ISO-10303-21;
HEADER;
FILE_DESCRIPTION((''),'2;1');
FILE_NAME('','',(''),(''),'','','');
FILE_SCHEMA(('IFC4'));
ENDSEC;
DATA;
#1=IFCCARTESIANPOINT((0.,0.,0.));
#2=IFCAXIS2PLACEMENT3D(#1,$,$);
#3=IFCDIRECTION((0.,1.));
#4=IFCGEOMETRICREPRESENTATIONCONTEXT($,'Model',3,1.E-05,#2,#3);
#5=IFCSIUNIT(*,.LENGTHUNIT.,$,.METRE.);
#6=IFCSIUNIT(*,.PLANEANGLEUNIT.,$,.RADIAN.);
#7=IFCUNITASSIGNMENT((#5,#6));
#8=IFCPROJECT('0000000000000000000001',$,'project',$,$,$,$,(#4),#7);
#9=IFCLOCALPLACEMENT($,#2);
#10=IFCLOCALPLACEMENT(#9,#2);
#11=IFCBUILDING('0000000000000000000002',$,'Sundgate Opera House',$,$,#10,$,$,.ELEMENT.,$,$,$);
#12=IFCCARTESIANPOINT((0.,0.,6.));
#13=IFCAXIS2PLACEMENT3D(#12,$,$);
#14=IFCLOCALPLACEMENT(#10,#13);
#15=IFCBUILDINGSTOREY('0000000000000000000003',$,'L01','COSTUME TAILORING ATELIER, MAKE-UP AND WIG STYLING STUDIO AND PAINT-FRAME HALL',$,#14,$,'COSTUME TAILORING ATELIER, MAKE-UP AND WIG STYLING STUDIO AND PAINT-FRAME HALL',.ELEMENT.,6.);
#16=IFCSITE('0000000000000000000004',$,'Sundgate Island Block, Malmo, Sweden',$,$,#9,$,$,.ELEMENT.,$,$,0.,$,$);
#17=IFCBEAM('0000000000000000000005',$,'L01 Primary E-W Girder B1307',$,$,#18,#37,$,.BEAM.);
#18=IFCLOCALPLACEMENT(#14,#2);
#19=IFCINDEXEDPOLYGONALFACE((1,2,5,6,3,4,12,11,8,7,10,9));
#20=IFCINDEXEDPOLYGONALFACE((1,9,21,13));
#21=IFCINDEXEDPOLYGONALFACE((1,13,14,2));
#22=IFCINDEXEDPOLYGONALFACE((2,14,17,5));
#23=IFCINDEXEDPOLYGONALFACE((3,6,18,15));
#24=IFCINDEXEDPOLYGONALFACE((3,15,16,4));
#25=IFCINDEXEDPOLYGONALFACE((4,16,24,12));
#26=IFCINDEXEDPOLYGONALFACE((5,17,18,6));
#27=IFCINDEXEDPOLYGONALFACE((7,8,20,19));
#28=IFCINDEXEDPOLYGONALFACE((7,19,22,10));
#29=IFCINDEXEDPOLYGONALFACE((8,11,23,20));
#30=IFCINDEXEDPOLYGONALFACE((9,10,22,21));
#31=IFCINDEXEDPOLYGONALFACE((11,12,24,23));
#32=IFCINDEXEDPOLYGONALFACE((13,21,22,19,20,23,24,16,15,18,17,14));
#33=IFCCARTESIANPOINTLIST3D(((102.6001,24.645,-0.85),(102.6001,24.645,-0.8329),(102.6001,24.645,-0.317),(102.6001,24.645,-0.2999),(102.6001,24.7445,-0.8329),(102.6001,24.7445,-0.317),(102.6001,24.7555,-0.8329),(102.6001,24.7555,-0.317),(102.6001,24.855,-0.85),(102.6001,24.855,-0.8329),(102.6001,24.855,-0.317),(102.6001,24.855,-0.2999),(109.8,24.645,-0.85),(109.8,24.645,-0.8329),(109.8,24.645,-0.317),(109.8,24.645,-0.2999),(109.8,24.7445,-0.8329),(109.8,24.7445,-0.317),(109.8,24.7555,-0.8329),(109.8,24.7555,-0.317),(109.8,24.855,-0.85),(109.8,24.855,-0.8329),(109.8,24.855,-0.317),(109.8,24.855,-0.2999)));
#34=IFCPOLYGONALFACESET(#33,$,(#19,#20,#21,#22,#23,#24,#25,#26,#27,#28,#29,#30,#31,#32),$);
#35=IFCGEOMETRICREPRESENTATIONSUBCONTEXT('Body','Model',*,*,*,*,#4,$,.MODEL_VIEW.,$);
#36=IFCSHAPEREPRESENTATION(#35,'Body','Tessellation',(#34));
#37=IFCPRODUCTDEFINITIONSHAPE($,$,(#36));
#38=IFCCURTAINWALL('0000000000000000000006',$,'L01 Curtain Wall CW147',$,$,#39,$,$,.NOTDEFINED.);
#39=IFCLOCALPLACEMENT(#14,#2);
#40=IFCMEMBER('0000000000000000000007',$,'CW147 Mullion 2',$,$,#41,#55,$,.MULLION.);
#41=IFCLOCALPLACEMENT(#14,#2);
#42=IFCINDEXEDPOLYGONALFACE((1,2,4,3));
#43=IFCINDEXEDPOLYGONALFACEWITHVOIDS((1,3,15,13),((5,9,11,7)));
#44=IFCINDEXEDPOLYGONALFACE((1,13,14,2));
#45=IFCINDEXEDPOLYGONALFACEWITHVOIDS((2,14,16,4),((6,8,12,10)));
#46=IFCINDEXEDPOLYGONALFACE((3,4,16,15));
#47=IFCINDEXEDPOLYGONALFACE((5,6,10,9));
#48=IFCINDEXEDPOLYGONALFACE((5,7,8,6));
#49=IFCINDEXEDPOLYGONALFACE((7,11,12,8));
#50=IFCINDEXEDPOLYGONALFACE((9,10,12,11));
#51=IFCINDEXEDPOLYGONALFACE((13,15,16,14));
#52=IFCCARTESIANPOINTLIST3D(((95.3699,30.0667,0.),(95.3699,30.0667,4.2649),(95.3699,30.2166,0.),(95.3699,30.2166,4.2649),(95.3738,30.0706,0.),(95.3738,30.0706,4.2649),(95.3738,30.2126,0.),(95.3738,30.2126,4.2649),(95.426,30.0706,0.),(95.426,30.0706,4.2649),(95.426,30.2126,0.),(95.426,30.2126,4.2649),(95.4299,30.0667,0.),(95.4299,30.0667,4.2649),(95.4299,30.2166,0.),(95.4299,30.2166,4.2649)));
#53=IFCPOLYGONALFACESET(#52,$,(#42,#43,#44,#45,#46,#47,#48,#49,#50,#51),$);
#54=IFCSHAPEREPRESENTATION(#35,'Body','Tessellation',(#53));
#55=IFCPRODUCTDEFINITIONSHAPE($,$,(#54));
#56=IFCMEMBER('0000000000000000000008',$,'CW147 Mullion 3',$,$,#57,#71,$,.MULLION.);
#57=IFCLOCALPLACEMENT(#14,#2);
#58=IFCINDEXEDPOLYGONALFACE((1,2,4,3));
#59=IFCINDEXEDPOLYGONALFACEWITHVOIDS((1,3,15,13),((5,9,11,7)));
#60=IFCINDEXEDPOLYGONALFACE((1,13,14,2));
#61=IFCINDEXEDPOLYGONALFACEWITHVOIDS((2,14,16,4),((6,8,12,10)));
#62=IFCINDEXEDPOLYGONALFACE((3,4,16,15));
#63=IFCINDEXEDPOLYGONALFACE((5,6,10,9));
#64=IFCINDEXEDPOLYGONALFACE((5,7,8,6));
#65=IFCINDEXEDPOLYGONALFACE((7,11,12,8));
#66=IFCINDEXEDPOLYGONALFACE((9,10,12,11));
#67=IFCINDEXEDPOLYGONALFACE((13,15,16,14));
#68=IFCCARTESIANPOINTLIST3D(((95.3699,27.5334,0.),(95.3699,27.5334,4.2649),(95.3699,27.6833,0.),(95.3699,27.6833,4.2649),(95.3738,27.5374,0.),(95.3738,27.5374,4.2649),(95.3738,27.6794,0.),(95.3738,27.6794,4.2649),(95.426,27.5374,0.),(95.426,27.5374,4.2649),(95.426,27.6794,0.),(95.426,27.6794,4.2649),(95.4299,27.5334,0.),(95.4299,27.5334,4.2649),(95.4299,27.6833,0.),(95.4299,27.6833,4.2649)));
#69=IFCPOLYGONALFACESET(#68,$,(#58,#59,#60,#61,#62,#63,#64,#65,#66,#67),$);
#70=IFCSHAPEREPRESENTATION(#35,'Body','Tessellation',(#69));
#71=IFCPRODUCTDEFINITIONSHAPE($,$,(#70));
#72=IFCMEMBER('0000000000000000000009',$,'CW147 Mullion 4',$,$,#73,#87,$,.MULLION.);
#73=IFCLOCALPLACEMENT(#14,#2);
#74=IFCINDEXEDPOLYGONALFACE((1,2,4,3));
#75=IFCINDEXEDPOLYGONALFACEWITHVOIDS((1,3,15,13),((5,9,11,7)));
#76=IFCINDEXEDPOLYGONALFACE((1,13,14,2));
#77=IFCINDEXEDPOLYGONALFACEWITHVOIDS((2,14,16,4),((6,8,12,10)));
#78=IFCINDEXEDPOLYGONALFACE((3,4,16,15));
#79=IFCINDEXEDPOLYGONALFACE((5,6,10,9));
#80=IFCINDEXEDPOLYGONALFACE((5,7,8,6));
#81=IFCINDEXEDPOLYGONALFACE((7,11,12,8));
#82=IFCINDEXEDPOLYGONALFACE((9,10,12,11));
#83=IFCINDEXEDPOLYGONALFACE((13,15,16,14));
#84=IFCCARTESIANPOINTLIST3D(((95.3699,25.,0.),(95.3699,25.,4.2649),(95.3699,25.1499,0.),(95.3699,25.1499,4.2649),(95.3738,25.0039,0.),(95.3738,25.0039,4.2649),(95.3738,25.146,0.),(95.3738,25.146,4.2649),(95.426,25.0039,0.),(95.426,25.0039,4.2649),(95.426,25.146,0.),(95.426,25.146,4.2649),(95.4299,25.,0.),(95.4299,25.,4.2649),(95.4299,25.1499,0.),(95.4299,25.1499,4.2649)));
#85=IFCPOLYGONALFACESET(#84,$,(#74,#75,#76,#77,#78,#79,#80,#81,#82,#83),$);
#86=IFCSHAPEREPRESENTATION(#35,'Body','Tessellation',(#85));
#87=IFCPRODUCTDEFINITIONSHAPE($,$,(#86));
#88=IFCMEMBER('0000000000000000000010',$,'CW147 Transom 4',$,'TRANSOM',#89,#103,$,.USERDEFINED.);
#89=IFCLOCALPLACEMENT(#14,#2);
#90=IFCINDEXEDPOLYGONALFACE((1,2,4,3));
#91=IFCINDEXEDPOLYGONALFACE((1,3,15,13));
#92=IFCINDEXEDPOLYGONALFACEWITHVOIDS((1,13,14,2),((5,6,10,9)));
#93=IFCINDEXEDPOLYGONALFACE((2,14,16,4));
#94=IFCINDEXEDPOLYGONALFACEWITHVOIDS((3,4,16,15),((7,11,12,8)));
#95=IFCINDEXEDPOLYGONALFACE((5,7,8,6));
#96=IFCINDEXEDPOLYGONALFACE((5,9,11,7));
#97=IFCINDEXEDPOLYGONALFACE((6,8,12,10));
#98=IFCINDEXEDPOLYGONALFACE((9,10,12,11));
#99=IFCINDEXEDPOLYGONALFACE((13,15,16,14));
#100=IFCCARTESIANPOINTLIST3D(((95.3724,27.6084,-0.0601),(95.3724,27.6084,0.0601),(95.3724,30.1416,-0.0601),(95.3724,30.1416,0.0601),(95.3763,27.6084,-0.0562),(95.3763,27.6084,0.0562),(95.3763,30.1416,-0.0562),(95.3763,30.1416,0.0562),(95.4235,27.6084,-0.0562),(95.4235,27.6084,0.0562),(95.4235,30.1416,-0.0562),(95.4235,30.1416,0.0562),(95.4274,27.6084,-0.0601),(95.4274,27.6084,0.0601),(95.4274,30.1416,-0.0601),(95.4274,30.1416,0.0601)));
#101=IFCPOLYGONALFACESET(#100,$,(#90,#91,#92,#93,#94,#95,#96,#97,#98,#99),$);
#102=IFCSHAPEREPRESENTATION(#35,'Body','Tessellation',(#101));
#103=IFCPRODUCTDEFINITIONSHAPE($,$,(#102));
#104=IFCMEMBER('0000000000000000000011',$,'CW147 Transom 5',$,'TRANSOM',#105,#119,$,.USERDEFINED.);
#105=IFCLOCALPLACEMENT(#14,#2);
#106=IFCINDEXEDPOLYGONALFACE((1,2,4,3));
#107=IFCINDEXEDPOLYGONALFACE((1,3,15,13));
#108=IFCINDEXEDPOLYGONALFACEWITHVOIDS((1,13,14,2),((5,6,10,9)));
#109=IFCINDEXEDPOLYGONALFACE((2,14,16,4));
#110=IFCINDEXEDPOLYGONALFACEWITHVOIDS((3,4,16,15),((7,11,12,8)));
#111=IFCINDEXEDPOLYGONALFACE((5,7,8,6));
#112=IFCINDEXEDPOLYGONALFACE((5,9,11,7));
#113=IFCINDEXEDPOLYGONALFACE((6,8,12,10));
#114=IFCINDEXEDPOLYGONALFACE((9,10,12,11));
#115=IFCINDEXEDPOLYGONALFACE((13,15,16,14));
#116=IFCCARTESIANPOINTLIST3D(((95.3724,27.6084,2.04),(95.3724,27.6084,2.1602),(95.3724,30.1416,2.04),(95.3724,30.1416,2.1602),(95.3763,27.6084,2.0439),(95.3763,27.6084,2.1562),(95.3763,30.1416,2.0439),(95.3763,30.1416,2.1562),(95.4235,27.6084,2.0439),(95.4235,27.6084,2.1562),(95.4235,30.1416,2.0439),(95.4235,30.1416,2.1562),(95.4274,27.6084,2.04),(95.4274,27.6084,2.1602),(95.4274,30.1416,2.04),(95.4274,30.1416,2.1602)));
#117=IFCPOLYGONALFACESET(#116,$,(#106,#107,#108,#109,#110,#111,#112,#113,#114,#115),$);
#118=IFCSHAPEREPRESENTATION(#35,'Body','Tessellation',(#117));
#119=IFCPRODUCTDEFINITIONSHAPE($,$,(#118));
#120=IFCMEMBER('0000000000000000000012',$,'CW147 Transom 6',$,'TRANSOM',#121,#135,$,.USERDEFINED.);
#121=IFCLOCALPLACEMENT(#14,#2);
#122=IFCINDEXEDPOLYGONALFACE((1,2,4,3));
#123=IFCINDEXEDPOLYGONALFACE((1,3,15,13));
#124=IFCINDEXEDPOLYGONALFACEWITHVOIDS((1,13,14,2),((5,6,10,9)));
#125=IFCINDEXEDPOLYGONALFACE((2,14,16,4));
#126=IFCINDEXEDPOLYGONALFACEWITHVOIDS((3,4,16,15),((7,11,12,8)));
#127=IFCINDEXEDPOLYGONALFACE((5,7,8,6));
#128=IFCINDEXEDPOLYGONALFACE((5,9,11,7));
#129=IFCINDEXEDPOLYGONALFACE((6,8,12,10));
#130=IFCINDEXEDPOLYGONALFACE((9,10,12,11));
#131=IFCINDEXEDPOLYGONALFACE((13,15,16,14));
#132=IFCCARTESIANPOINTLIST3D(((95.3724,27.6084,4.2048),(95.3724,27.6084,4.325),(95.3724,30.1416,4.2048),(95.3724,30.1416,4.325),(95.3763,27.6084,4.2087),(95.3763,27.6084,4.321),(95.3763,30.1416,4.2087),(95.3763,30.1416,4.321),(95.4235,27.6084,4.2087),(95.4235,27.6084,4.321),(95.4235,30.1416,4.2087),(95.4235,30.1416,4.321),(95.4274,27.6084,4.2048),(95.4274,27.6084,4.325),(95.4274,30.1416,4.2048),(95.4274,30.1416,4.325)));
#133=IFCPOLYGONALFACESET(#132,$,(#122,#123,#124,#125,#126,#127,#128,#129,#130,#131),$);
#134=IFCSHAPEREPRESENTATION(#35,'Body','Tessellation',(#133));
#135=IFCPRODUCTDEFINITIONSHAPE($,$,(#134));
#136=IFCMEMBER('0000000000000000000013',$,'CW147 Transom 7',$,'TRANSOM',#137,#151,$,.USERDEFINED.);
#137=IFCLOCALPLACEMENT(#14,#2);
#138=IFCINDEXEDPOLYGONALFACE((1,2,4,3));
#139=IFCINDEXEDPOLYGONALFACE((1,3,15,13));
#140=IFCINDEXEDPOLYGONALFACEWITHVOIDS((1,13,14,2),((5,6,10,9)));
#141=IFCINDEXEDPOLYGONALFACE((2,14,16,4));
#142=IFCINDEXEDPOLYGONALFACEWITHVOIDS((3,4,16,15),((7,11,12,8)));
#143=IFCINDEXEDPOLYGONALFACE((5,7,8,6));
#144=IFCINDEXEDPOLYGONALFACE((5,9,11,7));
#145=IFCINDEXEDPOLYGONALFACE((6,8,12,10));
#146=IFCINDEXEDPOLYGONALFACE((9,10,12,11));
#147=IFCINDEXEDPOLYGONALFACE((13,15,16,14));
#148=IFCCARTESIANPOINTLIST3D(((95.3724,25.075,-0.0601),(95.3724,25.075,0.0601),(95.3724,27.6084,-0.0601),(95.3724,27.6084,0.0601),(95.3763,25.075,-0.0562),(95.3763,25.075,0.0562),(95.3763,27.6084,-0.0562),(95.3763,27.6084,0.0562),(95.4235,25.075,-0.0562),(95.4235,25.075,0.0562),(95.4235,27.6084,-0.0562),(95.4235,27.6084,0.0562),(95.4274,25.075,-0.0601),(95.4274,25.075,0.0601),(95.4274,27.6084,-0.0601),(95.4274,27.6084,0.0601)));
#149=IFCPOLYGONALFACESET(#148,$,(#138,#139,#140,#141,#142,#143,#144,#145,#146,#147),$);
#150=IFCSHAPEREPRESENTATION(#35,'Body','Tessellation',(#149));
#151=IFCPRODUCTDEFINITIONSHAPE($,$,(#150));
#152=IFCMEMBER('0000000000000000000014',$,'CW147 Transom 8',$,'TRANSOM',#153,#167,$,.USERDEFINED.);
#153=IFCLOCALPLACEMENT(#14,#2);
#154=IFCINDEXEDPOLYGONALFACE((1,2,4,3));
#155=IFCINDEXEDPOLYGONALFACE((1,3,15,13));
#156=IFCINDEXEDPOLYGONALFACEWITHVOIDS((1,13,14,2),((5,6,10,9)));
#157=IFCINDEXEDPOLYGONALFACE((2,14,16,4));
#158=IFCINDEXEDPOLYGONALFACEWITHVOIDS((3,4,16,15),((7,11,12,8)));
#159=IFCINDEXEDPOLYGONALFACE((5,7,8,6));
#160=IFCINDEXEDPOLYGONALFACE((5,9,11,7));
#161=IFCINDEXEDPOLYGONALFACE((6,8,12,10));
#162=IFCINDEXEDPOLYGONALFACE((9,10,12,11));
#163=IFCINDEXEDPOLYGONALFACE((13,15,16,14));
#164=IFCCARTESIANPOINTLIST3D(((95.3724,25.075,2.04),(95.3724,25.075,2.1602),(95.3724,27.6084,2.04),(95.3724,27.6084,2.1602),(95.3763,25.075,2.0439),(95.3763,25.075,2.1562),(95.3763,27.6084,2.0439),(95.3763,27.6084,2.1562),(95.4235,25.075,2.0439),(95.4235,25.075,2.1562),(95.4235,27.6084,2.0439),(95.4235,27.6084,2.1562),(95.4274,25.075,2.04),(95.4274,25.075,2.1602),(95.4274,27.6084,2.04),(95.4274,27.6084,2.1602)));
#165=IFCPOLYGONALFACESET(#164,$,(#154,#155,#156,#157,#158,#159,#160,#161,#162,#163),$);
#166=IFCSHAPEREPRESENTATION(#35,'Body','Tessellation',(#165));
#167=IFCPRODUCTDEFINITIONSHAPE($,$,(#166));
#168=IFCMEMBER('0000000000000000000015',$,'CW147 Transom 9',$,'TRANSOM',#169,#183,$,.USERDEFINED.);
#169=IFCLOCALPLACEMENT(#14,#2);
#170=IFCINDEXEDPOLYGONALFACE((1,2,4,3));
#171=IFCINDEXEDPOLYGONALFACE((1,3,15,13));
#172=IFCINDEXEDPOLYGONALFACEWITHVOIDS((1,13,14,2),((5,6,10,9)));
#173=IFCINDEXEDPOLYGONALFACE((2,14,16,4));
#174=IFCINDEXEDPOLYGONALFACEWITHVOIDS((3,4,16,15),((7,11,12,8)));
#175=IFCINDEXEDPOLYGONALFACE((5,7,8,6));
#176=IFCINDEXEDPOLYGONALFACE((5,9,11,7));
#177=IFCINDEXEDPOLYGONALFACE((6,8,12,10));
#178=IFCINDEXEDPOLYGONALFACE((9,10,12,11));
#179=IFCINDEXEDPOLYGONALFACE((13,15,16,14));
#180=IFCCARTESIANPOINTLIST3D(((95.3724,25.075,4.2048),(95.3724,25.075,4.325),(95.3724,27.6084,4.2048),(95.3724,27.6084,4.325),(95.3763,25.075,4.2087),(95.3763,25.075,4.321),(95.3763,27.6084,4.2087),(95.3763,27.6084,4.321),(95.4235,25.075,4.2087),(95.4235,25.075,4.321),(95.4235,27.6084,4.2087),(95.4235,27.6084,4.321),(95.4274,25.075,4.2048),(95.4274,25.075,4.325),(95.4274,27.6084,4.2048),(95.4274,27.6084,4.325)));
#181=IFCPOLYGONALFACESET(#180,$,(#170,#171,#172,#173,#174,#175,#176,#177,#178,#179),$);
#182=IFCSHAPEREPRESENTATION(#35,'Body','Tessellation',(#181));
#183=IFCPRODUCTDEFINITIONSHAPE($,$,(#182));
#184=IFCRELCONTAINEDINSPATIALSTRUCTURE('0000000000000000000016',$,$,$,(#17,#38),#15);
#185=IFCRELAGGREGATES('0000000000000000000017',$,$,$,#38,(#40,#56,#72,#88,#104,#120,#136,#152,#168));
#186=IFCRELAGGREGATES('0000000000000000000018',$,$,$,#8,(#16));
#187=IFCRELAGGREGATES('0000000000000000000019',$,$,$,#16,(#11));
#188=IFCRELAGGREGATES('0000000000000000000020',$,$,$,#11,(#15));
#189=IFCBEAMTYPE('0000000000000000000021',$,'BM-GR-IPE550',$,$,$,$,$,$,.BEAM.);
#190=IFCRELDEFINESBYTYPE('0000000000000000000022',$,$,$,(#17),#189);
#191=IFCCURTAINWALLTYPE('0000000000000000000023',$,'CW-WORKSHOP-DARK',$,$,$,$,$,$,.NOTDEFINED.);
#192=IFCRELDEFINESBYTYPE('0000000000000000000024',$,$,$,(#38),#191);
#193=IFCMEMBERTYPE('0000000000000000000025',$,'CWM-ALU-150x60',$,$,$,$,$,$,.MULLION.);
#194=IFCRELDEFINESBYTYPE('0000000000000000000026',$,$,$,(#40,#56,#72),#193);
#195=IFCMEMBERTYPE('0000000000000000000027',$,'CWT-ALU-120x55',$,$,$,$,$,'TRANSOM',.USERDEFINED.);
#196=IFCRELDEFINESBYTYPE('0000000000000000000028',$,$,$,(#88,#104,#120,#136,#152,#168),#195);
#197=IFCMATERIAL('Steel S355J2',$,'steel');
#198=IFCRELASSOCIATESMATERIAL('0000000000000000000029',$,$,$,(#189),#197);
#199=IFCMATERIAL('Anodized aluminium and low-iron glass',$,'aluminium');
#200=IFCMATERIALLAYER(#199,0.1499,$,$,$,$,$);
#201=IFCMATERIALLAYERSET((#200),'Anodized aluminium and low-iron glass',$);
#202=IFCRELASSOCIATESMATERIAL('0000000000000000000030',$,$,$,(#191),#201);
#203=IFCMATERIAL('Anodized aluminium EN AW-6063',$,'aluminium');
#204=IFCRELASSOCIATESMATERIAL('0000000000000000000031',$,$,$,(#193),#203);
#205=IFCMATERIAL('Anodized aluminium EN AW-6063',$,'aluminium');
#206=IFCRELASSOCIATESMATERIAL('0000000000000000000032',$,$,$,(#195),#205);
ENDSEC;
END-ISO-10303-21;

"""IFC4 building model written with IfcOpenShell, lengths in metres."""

from ifc_helpers import new_model, si_unit, direction, frame, origin, origin_2d, place, context, subcontext, project, spatial, hollow_rectangle, i_section, extrude, material, layer, layer_set, material_profile, profile_set, type_object, element, aggregate, save


model = new_model("IFC4")

# Units and contexts
model_context = context("Model", 3, precision=1e-05, world=origin(), true_north=direction((0.0, 1.0)))
body_context = subcontext(model_context, "Body", "Model", "MODEL_VIEW")
ifc_project = project(units=[si_unit("LENGTHUNIT", "METRE"), si_unit("PLANEANGLEUNIT", "RADIAN")], contexts=[model_context])

# Site, building, storey
site_placement = place(None, origin())
site = spatial("IfcSite", under=ifc_project, at=site_placement, Name="Sundgate Island Block, Malmo, Sweden", CompositionType="ELEMENT", RefElevation=0.0)
building_placement = place(site_placement, origin())
building = spatial("IfcBuilding", under=site, at=building_placement, Name="Sundgate Opera House", CompositionType="ELEMENT")
storey_placement = place(building_placement, frame((0.0, 0.0, 6.0)))
storey = spatial("IfcBuildingStorey", under=building, at=storey_placement, Name="L01", Description="COSTUME TAILORING ATELIER, MAKE-UP AND WIG STYLING STUDIO AND PAINT-FRAME HALL", LongName="COSTUME TAILORING ATELIER, MAKE-UP AND WIG STYLING STUDIO AND PAINT-FRAME HALL", CompositionType="ELEMENT", Elevation=6.0)

# Beam
ifc_material_1 = material(Name="Steel S355J2", Category="steel")
ifc_material_profile_1 = material_profile(ifc_material_1, i_section(OverallWidth=0.21, OverallDepth=0.55, WebThickness=0.011, FlangeThickness=0.0171, at=origin_2d()), Name="IPE 550")
ifc_profile_set_1 = profile_set([ifc_material_profile_1], Name="Steel S355J2")
beam_type = type_object("IfcBeamType", Name="BM-GR-IPE550", PredefinedType="BEAM", material=ifc_profile_set_1)
beam_placement = place(storey_placement, frame((102.6001, 24.75, -0.575), z_axis=(1.0, 0.0, 0.0), x_axis=(0.0, 1.0, 0.0)))
element("IfcBeam", 1, at=beam_placement, inside=storey, type_object=beam_type, Name="L01 Primary E-W Girder B1307", PredefinedType="BEAM", context=body_context, shape_type="SweptSolid", body=[
    extrude(i_section(OverallWidth=0.21, OverallDepth=0.55, WebThickness=0.011, FlangeThickness=0.0171, at=origin_2d()), origin(), (0.0, 0.0, 1.0), 7.2),
])

# Curtain wall, members
ifc_material_2 = material(Name="Anodized aluminium and low-iron glass", Category="aluminium")
ifc_layer_1 = layer(ifc_material_2, 0.1499)
ifc_layer_set_1 = layer_set([ifc_layer_1], Name="Anodized aluminium and low-iron glass")
curtain_wall_type = type_object("IfcCurtainWallType", Name="CW-WORKSHOP-DARK", PredefinedType="NOTDEFINED", material=ifc_layer_set_1)
curtain_wall_placement = place(storey_placement, origin())
curtain_wall = element("IfcCurtainWall", 2, at=curtain_wall_placement, inside=storey, type_object=curtain_wall_type, Name="L01 Curtain Wall CW147", PredefinedType="NOTDEFINED")
ifc_material_3 = material(Name="Anodized aluminium EN AW-6063", Category="aluminium")
ifc_material_profile_2 = material_profile(ifc_material_3, hollow_rectangle(XDim=0.0601, YDim=0.1499, WallThickness=0.0039, at=origin_2d()), Name="CWM 150x60x4")
ifc_profile_set_2 = profile_set([ifc_material_profile_2], Name="Anodized aluminium EN AW-6063")
member_type_1 = type_object("IfcMemberType", Name="CWM-ALU-150x60", PredefinedType="MULLION", material=ifc_profile_set_2)
member_1_placement = place(storey_placement, frame((95.3999, 30.1416, 0.0), z_axis=(0.0, 0.0, 1.0), x_axis=(1.0, 0.0, 0.0)))
member_1 = element("IfcMember", 3, at=member_1_placement, type_object=member_type_1, Name="CW147 Mullion 2", PredefinedType="MULLION", context=body_context, shape_type="SweptSolid", body=[
    extrude(hollow_rectangle(XDim=0.0601, YDim=0.1499, WallThickness=0.0039, at=origin_2d()), origin(), (0.0, 0.0, 1.0), 4.2649),
])
member_2_placement = place(storey_placement, frame((95.3999, 27.6084, 0.0), z_axis=(0.0, 0.0, 1.0), x_axis=(1.0, 0.0, 0.0)))
member_2 = element("IfcMember", 4, at=member_2_placement, type_object=member_type_1, Name="CW147 Mullion 3", PredefinedType="MULLION", context=body_context, shape_type="SweptSolid", body=[
    extrude(hollow_rectangle(XDim=0.0601, YDim=0.1499, WallThickness=0.0039, at=origin_2d()), origin(), (0.0, 0.0, 1.0), 4.2649),
])
member_3_placement = place(storey_placement, frame((95.3999, 25.075, 0.0), z_axis=(0.0, 0.0, 1.0), x_axis=(1.0, 0.0, 0.0)))
member_3 = element("IfcMember", 5, at=member_3_placement, type_object=member_type_1, Name="CW147 Mullion 4", PredefinedType="MULLION", context=body_context, shape_type="SweptSolid", body=[
    extrude(hollow_rectangle(XDim=0.0601, YDim=0.1499, WallThickness=0.0039, at=origin_2d()), origin(), (0.0, 0.0, 1.0), 4.2649),
])
ifc_material_4 = material(Name="Anodized aluminium EN AW-6063", Category="aluminium")
ifc_material_profile_3 = material_profile(ifc_material_4, hollow_rectangle(XDim=0.0549, YDim=0.1201, WallThickness=0.0039, at=origin_2d()), Name="CWT 120x55x4")
ifc_profile_set_3 = profile_set([ifc_material_profile_3], Name="Anodized aluminium EN AW-6063")
member_type_2 = type_object("IfcMemberType", Name="CWT-ALU-120x55", ElementType="TRANSOM", PredefinedType="USERDEFINED", material=ifc_profile_set_3)
member_4_placement = place(storey_placement, frame((95.3999, 30.1416, 0.0), z_axis=(0.0, -1.0, 0.0), x_axis=(1.0, 0.0, 0.0)))
member_4 = element("IfcMember", 6, at=member_4_placement, type_object=member_type_2, Name="CW147 Transom 4", ObjectType="TRANSOM", PredefinedType="USERDEFINED", context=body_context, shape_type="SweptSolid", body=[
    extrude(hollow_rectangle(XDim=0.0549, YDim=0.1201, WallThickness=0.0039, at=origin_2d()), origin(), (0.0, 0.0, 1.0), 2.5332),
])
member_5_placement = place(storey_placement, frame((95.3999, 30.1416, 2.1001), z_axis=(0.0, -1.0, 0.0), x_axis=(1.0, 0.0, 0.0)))
member_5 = element("IfcMember", 7, at=member_5_placement, type_object=member_type_2, Name="CW147 Transom 5", ObjectType="TRANSOM", PredefinedType="USERDEFINED", context=body_context, shape_type="SweptSolid", body=[
    extrude(hollow_rectangle(XDim=0.0549, YDim=0.1201, WallThickness=0.0039, at=origin_2d()), origin(), (0.0, 0.0, 1.0), 2.5332),
])
member_6_placement = place(storey_placement, frame((95.3999, 30.1416, 4.2649), z_axis=(0.0, -1.0, 0.0), x_axis=(1.0, 0.0, 0.0)))
member_6 = element("IfcMember", 8, at=member_6_placement, type_object=member_type_2, Name="CW147 Transom 6", ObjectType="TRANSOM", PredefinedType="USERDEFINED", context=body_context, shape_type="SweptSolid", body=[
    extrude(hollow_rectangle(XDim=0.0549, YDim=0.1201, WallThickness=0.0039, at=origin_2d()), origin(), (0.0, 0.0, 1.0), 2.5332),
])
member_7_placement = place(storey_placement, frame((95.3999, 27.6084, 0.0), z_axis=(0.0, -1.0, 0.0), x_axis=(1.0, 0.0, 0.0)))
member_7 = element("IfcMember", 9, at=member_7_placement, type_object=member_type_2, Name="CW147 Transom 7", ObjectType="TRANSOM", PredefinedType="USERDEFINED", context=body_context, shape_type="SweptSolid", body=[
    extrude(hollow_rectangle(XDim=0.0549, YDim=0.1201, WallThickness=0.0039, at=origin_2d()), origin(), (0.0, 0.0, 1.0), 2.5334),
])
member_8_placement = place(storey_placement, frame((95.3999, 27.6084, 2.1001), z_axis=(0.0, -1.0, 0.0), x_axis=(1.0, 0.0, 0.0)))
member_8 = element("IfcMember", 10, at=member_8_placement, type_object=member_type_2, Name="CW147 Transom 8", ObjectType="TRANSOM", PredefinedType="USERDEFINED", context=body_context, shape_type="SweptSolid", body=[
    extrude(hollow_rectangle(XDim=0.0549, YDim=0.1201, WallThickness=0.0039, at=origin_2d()), origin(), (0.0, 0.0, 1.0), 2.5334),
])
member_9_placement = place(storey_placement, frame((95.3999, 27.6084, 4.2649), z_axis=(0.0, -1.0, 0.0), x_axis=(1.0, 0.0, 0.0)))
member_9 = element("IfcMember", 11, at=member_9_placement, type_object=member_type_2, Name="CW147 Transom 9", ObjectType="TRANSOM", PredefinedType="USERDEFINED", context=body_context, shape_type="SweptSolid", body=[
    extrude(hollow_rectangle(XDim=0.0549, YDim=0.1201, WallThickness=0.0039, at=origin_2d()), origin(), (0.0, 0.0, 1.0), 2.5334),
])
aggregate(curtain_wall, [member_1, member_2, member_3, member_4, member_5, member_6, member_7, member_8, member_9])

save(model, "model.ifc")
